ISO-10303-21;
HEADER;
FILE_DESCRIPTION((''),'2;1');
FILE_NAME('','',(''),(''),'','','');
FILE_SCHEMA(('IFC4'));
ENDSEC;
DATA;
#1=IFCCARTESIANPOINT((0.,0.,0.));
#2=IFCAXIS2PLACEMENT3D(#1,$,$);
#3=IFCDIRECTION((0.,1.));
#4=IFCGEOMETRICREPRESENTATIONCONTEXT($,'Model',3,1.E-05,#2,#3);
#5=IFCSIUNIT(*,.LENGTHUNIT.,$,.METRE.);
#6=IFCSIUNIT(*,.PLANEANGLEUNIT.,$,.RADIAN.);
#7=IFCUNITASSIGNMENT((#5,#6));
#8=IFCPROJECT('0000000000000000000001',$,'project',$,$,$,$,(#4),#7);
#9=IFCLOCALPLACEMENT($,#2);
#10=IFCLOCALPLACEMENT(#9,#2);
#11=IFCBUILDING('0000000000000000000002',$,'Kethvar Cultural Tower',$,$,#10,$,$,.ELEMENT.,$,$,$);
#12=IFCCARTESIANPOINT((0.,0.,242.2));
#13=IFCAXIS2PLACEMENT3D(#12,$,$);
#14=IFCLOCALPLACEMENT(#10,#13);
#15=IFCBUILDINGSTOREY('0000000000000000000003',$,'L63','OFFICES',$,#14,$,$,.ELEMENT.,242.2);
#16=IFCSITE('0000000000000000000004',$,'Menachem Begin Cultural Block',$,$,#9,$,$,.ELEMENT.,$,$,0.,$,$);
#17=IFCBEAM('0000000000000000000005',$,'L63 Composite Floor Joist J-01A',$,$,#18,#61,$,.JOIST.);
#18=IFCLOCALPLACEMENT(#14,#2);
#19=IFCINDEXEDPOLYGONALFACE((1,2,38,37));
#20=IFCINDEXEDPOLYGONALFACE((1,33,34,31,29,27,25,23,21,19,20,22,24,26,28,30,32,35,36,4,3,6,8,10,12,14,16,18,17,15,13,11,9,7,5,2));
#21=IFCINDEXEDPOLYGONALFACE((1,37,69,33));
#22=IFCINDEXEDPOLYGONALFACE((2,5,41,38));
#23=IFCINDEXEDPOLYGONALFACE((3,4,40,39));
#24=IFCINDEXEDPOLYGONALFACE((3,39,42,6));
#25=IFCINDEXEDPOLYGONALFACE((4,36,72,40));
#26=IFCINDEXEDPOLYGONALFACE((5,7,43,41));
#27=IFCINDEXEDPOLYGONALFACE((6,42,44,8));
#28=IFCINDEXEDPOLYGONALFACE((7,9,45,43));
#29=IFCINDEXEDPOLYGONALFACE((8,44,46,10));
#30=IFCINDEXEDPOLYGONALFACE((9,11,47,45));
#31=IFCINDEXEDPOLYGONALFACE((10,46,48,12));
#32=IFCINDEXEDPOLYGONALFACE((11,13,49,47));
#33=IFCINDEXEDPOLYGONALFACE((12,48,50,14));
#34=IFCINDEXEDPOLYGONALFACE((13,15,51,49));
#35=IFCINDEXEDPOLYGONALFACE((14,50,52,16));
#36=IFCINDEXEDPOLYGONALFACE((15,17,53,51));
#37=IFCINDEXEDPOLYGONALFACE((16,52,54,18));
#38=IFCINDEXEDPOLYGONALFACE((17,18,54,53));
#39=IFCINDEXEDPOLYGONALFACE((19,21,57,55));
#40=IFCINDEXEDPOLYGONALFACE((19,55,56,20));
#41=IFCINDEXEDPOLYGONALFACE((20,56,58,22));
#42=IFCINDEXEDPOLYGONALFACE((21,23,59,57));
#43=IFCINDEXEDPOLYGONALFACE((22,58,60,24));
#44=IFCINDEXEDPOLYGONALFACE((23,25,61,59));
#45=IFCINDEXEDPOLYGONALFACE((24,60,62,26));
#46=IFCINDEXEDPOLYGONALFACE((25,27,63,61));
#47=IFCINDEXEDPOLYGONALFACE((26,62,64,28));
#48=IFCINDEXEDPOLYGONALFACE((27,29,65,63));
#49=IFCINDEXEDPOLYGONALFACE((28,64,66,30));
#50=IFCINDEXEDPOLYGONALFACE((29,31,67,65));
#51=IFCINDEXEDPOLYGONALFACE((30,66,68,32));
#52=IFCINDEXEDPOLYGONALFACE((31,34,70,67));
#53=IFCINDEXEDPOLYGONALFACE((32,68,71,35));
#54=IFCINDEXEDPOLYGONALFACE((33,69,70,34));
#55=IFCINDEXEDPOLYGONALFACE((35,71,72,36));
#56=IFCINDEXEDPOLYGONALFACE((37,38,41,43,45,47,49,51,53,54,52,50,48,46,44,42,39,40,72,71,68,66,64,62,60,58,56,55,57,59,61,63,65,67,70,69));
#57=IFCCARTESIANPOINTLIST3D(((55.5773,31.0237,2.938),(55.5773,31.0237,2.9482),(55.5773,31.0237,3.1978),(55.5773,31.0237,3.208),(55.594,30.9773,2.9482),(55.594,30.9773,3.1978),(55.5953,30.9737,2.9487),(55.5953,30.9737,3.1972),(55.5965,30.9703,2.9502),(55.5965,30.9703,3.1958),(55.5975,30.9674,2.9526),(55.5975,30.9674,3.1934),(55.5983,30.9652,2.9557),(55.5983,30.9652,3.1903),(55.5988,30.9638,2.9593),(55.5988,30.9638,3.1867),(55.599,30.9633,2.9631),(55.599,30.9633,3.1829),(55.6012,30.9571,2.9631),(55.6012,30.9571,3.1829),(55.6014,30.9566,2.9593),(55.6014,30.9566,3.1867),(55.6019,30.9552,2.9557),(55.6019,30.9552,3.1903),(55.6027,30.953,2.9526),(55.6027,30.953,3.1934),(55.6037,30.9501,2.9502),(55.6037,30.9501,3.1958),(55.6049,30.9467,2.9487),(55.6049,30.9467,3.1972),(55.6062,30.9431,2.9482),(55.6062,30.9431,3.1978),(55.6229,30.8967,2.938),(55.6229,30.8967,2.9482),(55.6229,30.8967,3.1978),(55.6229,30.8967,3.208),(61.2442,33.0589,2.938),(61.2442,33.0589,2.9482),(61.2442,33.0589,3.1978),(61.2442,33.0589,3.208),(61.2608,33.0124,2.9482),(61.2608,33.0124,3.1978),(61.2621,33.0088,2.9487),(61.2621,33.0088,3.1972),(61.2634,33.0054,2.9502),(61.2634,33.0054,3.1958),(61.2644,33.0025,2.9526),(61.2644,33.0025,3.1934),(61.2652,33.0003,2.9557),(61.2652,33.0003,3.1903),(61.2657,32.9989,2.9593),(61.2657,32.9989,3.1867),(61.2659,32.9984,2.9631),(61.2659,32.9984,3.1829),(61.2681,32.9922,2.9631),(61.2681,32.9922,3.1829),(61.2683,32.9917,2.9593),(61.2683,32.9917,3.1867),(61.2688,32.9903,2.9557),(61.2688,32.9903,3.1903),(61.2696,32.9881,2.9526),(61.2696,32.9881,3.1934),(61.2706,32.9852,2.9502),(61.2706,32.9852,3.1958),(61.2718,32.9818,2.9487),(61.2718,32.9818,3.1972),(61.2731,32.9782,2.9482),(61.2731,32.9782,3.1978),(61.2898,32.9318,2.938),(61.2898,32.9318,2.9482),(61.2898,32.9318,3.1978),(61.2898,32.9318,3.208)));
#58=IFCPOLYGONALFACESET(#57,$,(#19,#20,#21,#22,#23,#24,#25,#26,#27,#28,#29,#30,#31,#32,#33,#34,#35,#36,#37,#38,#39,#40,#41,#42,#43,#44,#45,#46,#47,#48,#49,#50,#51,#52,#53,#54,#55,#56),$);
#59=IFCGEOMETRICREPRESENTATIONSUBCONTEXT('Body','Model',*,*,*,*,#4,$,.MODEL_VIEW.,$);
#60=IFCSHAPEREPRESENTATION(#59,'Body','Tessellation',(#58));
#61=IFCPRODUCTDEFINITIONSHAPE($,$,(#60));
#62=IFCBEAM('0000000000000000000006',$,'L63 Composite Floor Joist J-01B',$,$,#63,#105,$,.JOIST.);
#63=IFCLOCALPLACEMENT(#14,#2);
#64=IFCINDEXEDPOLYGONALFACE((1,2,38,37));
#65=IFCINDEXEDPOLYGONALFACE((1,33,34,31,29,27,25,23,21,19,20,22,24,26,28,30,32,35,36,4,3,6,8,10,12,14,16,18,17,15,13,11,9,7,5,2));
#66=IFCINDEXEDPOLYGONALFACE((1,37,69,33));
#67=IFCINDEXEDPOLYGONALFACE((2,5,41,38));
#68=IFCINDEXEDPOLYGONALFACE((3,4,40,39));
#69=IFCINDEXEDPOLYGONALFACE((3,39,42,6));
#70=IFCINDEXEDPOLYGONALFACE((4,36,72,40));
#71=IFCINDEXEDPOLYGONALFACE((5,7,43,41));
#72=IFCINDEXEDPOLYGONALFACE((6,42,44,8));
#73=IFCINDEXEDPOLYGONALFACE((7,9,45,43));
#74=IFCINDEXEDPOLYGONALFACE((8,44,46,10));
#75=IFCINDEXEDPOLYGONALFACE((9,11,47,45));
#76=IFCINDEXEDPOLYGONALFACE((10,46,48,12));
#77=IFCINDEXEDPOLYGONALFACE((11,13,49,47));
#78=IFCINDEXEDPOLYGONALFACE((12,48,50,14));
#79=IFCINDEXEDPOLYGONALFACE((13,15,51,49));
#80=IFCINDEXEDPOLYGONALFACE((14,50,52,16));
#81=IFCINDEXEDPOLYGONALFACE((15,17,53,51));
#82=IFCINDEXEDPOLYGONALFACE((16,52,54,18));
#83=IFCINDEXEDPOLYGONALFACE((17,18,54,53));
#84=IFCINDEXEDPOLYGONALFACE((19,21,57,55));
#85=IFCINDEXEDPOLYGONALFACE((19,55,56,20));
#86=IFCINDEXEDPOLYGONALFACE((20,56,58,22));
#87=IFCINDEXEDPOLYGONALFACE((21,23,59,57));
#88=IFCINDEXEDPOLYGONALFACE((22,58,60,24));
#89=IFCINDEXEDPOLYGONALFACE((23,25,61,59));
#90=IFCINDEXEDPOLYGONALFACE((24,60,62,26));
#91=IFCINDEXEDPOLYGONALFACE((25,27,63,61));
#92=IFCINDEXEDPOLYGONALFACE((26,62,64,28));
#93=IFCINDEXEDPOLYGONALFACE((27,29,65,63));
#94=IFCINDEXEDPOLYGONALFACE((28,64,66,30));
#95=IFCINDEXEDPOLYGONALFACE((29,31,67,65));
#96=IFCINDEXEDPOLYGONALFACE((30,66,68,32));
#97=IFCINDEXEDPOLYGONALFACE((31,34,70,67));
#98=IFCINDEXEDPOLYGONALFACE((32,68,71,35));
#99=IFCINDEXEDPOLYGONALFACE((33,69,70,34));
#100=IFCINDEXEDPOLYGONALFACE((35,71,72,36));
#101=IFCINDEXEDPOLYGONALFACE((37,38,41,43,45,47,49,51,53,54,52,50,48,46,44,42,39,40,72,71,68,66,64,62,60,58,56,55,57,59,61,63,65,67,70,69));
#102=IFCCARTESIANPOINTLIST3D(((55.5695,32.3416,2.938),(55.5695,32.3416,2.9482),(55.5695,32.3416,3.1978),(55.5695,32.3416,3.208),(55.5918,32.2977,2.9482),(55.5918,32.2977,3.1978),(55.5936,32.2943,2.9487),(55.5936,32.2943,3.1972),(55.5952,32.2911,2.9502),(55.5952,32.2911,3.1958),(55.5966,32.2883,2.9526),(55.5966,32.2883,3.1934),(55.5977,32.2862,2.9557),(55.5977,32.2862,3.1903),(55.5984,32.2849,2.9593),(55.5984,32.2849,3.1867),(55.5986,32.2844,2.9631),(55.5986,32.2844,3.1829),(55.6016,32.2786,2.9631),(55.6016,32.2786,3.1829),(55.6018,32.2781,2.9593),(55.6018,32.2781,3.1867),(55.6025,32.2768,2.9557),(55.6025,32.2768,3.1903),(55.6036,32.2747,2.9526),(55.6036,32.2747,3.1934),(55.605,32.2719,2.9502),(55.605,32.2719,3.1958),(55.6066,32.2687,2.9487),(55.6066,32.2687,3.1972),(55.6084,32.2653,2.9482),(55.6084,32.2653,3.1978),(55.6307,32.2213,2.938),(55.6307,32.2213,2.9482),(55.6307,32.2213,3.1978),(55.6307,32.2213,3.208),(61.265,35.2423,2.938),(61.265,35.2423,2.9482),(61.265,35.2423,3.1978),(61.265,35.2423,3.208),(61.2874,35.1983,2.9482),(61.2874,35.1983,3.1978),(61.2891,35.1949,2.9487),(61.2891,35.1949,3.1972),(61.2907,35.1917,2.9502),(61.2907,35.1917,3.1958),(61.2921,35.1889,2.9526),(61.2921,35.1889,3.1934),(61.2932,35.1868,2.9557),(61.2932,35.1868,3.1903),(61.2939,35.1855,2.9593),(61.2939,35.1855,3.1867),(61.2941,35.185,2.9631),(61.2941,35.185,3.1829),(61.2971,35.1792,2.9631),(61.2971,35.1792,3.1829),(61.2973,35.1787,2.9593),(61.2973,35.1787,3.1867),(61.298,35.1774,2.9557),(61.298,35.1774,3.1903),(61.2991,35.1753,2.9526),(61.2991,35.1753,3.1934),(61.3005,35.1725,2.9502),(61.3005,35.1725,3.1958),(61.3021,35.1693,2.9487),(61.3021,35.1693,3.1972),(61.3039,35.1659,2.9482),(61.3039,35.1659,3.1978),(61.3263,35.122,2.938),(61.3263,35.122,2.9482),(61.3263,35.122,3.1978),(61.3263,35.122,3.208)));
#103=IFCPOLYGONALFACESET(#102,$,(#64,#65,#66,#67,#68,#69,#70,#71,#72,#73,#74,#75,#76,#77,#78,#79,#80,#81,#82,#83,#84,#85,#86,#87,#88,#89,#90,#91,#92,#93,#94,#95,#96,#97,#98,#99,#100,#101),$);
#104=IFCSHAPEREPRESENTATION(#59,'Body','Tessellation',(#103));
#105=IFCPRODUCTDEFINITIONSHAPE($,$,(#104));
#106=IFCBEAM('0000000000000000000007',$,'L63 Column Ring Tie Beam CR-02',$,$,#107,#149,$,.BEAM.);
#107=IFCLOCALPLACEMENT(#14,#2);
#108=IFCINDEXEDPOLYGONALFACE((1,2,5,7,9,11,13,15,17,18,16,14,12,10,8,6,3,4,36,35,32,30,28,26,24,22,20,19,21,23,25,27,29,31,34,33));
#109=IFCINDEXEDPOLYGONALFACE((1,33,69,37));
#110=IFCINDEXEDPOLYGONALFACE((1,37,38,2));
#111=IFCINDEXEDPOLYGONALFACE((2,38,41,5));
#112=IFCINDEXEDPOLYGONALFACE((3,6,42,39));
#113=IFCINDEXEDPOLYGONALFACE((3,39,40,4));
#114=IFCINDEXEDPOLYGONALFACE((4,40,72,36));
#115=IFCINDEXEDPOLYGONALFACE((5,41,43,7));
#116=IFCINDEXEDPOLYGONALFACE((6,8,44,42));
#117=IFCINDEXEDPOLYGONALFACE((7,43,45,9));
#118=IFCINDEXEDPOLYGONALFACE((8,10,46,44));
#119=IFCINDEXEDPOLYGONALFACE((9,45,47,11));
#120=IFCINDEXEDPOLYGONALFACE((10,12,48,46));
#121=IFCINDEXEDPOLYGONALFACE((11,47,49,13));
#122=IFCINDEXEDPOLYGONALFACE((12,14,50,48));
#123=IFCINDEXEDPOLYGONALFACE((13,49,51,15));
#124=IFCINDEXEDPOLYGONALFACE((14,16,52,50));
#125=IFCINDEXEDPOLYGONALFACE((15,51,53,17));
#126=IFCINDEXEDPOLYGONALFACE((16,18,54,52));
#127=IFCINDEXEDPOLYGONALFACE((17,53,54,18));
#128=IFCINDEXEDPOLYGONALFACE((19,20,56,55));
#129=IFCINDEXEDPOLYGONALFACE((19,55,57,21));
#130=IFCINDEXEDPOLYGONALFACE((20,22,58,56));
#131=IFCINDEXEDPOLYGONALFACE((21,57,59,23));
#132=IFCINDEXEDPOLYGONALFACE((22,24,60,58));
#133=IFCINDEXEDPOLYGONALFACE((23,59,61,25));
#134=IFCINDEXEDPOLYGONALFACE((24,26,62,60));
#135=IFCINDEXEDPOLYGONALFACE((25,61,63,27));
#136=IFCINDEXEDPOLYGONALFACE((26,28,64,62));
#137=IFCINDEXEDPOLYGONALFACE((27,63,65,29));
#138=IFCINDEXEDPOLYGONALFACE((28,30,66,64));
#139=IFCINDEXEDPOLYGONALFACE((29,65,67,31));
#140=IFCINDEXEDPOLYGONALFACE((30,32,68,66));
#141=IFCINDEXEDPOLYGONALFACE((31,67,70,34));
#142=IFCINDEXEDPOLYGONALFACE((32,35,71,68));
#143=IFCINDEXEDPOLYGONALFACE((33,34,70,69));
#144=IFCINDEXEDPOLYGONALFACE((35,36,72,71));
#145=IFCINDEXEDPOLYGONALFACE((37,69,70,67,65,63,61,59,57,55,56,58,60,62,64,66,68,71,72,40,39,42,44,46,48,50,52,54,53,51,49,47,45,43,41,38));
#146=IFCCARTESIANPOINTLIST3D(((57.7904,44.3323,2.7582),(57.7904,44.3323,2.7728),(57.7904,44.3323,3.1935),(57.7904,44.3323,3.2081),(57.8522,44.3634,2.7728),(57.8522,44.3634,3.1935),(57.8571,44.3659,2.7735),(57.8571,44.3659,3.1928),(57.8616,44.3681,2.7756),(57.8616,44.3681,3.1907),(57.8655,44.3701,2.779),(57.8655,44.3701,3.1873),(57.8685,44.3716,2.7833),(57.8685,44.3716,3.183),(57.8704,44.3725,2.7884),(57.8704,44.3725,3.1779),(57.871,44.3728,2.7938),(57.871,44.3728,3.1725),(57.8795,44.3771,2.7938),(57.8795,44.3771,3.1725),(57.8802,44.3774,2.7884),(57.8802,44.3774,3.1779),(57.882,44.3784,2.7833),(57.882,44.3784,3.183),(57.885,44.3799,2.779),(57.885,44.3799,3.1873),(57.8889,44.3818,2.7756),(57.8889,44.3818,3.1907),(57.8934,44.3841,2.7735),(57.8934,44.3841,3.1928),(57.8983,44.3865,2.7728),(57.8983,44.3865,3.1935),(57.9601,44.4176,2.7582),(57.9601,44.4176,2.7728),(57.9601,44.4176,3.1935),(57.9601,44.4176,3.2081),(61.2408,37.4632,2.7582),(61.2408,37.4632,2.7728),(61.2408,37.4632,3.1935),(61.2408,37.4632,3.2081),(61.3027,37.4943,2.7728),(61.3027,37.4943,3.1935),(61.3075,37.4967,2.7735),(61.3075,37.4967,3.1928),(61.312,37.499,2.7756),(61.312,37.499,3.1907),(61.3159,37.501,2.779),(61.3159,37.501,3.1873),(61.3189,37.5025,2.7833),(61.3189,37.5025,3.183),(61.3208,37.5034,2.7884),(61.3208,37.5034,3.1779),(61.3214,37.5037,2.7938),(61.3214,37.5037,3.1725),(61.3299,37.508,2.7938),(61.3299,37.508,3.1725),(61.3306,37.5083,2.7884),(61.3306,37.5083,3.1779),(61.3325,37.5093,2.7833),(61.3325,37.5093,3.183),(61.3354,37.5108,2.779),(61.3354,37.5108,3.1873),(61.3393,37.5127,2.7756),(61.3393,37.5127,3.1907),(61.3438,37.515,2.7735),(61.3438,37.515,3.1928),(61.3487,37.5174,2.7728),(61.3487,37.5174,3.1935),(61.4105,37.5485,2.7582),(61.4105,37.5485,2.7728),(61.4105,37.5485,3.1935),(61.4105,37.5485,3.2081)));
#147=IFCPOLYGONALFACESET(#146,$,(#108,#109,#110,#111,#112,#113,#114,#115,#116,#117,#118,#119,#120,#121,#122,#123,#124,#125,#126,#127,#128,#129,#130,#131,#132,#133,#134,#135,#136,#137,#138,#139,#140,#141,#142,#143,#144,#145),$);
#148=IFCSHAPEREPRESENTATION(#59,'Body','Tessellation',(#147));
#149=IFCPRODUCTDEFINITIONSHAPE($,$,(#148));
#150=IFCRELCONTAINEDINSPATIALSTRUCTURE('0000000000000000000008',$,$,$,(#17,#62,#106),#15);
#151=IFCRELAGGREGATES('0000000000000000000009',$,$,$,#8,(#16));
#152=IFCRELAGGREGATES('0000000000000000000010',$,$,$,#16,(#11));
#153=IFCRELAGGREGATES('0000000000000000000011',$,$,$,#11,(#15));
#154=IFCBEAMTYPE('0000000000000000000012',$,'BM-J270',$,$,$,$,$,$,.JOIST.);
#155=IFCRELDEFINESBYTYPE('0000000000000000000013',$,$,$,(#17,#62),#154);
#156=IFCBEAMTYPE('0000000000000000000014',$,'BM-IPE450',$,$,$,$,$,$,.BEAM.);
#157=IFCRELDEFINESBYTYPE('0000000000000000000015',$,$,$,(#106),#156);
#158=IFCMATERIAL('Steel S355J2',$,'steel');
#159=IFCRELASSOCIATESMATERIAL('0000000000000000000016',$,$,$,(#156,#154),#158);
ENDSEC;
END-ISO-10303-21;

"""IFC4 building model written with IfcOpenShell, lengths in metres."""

from ifc_helpers import new_model, si_unit, direction, frame, origin, origin_2d, place, context, subcontext, project, spatial, i_section, extrude, source, transform, mapped, material, material_profile, profile_set, type_object, element, save


model = new_model("IFC4")

# Units and contexts
model_context = context("Model", 3, precision=1e-05, world=origin(), true_north=direction((0.0, 1.0)))
body_context = subcontext(model_context, "Body", "Model", "MODEL_VIEW")
ifc_project = project(units=[si_unit("LENGTHUNIT", "METRE"), si_unit("PLANEANGLEUNIT", "RADIAN")], contexts=[model_context])

# Site, building, storey
site_placement = place(None, origin())
site = spatial("IfcSite", under=ifc_project, at=site_placement, Name="Menachem Begin Cultural Block", CompositionType="ELEMENT", RefElevation=0.0)
building_placement = place(site_placement, origin())
building = spatial("IfcBuilding", under=site, at=building_placement, Name="Kethvar Cultural Tower", CompositionType="ELEMENT")
storey_placement = place(building_placement, frame((0.0, 0.0, 242.2)))
storey = spatial("IfcBuildingStorey", under=building, at=storey_placement, Name="L63", Description="OFFICES", CompositionType="ELEMENT", Elevation=242.2)

# Beams
ifc_material_1 = material(Name="Steel S355J2", Category="steel")
ifc_material_profile_1 = material_profile(ifc_material_1, i_section(OverallWidth=0.1899, OverallDepth=0.45, WebThickness=0.0095, FlangeThickness=0.0146, FilletRadius=0.021, at=origin_2d()), Name="Steel S355J2 — IPE450")
ifc_profile_set_1 = profile_set([ifc_material_profile_1], Name="Steel S355J2 — IPE450")
beam_type_1 = type_object("IfcBeamType", Name="BM-IPE450", PredefinedType="BEAM", material=ifc_profile_set_1)
ifc_material_profile_2 = material_profile(ifc_material_1, i_section(OverallWidth=0.135, OverallDepth=0.27, WebThickness=0.0066, FlangeThickness=0.0103, FilletRadius=0.0149, at=origin_2d()), Name="Steel S355J2 — IPE270")
ifc_profile_set_2 = profile_set([ifc_material_profile_2], Name="Steel S355J2 — IPE270")
beam_type_2 = type_object("IfcBeamType", Name="BM-J270", PredefinedType="JOIST", material=ifc_profile_set_2)
shared_shape_1 = source(origin(), body_context, "Body", "SweptSolid", [
    extrude(i_section(OverallWidth=0.135, OverallDepth=0.27, WebThickness=0.0066, FlangeThickness=0.0103, FilletRadius=0.0149, at=origin_2d()), origin(), (0.0, 0.0, 1.0), 6.0212),
])
beam_1_placement = place(storey_placement, frame((55.6001, 30.9602, 3.073), z_axis=(0.94115, 0.33799, 0.0), x_axis=(-0.33799, 0.94115, 0.0)))
element("IfcBeam", 1, at=beam_1_placement, inside=storey, type_object=beam_type_2, Name="L63 Composite Floor Joist J-01A", PredefinedType="JOIST", context=body_context, shape_type="MappedRepresentation", body=[
    mapped(shared_shape_1, transform((0.0, 0.0, 0.0), scale=1.0)),
])
shared_shape_2 = source(origin(), body_context, "Body", "SweptSolid", [
    extrude(i_section(OverallWidth=0.135, OverallDepth=0.27, WebThickness=0.0066, FlangeThickness=0.0103, FilletRadius=0.0149, at=origin_2d()), origin(), (0.0, 0.0, 1.0), 6.3916),
])
beam_2_placement = place(storey_placement, frame((55.6001, 32.2815, 3.073), z_axis=(0.891095, 0.453817, 0.0), x_axis=(-0.453817, 0.891095, 0.0)))
element("IfcBeam", 2, at=beam_2_placement, inside=storey, type_object=beam_type_2, Name="L63 Composite Floor Joist J-01B", PredefinedType="JOIST", context=body_context, shape_type="MappedRepresentation", body=[
    mapped(shared_shape_2, transform((0.0, 0.0, 0.0), scale=1.0)),
])
shared_shape_3 = source(origin(), body_context, "Body", "SweptSolid", [
    extrude(i_section(OverallWidth=0.1899, OverallDepth=0.45, WebThickness=0.0095, FlangeThickness=0.0146, FilletRadius=0.021, at=origin_2d()), origin(), (0.0, 0.0, 1.0), 7.687),
])
beam_3_placement = place(storey_placement, frame((61.3257, 37.5059, 2.9832), z_axis=(-0.448864, 0.8936, 0.0), x_axis=(-0.8936, -0.448864, 0.0)))
element("IfcBeam", 3, at=beam_3_placement, inside=storey, type_object=beam_type_1, Name="L63 Column Ring Tie Beam CR-02", PredefinedType="BEAM", context=body_context, shape_type="MappedRepresentation", body=[
    mapped(shared_shape_3, transform((0.0, 0.0, 0.0), scale=1.0)),
])

save(model, "model.ifc")
